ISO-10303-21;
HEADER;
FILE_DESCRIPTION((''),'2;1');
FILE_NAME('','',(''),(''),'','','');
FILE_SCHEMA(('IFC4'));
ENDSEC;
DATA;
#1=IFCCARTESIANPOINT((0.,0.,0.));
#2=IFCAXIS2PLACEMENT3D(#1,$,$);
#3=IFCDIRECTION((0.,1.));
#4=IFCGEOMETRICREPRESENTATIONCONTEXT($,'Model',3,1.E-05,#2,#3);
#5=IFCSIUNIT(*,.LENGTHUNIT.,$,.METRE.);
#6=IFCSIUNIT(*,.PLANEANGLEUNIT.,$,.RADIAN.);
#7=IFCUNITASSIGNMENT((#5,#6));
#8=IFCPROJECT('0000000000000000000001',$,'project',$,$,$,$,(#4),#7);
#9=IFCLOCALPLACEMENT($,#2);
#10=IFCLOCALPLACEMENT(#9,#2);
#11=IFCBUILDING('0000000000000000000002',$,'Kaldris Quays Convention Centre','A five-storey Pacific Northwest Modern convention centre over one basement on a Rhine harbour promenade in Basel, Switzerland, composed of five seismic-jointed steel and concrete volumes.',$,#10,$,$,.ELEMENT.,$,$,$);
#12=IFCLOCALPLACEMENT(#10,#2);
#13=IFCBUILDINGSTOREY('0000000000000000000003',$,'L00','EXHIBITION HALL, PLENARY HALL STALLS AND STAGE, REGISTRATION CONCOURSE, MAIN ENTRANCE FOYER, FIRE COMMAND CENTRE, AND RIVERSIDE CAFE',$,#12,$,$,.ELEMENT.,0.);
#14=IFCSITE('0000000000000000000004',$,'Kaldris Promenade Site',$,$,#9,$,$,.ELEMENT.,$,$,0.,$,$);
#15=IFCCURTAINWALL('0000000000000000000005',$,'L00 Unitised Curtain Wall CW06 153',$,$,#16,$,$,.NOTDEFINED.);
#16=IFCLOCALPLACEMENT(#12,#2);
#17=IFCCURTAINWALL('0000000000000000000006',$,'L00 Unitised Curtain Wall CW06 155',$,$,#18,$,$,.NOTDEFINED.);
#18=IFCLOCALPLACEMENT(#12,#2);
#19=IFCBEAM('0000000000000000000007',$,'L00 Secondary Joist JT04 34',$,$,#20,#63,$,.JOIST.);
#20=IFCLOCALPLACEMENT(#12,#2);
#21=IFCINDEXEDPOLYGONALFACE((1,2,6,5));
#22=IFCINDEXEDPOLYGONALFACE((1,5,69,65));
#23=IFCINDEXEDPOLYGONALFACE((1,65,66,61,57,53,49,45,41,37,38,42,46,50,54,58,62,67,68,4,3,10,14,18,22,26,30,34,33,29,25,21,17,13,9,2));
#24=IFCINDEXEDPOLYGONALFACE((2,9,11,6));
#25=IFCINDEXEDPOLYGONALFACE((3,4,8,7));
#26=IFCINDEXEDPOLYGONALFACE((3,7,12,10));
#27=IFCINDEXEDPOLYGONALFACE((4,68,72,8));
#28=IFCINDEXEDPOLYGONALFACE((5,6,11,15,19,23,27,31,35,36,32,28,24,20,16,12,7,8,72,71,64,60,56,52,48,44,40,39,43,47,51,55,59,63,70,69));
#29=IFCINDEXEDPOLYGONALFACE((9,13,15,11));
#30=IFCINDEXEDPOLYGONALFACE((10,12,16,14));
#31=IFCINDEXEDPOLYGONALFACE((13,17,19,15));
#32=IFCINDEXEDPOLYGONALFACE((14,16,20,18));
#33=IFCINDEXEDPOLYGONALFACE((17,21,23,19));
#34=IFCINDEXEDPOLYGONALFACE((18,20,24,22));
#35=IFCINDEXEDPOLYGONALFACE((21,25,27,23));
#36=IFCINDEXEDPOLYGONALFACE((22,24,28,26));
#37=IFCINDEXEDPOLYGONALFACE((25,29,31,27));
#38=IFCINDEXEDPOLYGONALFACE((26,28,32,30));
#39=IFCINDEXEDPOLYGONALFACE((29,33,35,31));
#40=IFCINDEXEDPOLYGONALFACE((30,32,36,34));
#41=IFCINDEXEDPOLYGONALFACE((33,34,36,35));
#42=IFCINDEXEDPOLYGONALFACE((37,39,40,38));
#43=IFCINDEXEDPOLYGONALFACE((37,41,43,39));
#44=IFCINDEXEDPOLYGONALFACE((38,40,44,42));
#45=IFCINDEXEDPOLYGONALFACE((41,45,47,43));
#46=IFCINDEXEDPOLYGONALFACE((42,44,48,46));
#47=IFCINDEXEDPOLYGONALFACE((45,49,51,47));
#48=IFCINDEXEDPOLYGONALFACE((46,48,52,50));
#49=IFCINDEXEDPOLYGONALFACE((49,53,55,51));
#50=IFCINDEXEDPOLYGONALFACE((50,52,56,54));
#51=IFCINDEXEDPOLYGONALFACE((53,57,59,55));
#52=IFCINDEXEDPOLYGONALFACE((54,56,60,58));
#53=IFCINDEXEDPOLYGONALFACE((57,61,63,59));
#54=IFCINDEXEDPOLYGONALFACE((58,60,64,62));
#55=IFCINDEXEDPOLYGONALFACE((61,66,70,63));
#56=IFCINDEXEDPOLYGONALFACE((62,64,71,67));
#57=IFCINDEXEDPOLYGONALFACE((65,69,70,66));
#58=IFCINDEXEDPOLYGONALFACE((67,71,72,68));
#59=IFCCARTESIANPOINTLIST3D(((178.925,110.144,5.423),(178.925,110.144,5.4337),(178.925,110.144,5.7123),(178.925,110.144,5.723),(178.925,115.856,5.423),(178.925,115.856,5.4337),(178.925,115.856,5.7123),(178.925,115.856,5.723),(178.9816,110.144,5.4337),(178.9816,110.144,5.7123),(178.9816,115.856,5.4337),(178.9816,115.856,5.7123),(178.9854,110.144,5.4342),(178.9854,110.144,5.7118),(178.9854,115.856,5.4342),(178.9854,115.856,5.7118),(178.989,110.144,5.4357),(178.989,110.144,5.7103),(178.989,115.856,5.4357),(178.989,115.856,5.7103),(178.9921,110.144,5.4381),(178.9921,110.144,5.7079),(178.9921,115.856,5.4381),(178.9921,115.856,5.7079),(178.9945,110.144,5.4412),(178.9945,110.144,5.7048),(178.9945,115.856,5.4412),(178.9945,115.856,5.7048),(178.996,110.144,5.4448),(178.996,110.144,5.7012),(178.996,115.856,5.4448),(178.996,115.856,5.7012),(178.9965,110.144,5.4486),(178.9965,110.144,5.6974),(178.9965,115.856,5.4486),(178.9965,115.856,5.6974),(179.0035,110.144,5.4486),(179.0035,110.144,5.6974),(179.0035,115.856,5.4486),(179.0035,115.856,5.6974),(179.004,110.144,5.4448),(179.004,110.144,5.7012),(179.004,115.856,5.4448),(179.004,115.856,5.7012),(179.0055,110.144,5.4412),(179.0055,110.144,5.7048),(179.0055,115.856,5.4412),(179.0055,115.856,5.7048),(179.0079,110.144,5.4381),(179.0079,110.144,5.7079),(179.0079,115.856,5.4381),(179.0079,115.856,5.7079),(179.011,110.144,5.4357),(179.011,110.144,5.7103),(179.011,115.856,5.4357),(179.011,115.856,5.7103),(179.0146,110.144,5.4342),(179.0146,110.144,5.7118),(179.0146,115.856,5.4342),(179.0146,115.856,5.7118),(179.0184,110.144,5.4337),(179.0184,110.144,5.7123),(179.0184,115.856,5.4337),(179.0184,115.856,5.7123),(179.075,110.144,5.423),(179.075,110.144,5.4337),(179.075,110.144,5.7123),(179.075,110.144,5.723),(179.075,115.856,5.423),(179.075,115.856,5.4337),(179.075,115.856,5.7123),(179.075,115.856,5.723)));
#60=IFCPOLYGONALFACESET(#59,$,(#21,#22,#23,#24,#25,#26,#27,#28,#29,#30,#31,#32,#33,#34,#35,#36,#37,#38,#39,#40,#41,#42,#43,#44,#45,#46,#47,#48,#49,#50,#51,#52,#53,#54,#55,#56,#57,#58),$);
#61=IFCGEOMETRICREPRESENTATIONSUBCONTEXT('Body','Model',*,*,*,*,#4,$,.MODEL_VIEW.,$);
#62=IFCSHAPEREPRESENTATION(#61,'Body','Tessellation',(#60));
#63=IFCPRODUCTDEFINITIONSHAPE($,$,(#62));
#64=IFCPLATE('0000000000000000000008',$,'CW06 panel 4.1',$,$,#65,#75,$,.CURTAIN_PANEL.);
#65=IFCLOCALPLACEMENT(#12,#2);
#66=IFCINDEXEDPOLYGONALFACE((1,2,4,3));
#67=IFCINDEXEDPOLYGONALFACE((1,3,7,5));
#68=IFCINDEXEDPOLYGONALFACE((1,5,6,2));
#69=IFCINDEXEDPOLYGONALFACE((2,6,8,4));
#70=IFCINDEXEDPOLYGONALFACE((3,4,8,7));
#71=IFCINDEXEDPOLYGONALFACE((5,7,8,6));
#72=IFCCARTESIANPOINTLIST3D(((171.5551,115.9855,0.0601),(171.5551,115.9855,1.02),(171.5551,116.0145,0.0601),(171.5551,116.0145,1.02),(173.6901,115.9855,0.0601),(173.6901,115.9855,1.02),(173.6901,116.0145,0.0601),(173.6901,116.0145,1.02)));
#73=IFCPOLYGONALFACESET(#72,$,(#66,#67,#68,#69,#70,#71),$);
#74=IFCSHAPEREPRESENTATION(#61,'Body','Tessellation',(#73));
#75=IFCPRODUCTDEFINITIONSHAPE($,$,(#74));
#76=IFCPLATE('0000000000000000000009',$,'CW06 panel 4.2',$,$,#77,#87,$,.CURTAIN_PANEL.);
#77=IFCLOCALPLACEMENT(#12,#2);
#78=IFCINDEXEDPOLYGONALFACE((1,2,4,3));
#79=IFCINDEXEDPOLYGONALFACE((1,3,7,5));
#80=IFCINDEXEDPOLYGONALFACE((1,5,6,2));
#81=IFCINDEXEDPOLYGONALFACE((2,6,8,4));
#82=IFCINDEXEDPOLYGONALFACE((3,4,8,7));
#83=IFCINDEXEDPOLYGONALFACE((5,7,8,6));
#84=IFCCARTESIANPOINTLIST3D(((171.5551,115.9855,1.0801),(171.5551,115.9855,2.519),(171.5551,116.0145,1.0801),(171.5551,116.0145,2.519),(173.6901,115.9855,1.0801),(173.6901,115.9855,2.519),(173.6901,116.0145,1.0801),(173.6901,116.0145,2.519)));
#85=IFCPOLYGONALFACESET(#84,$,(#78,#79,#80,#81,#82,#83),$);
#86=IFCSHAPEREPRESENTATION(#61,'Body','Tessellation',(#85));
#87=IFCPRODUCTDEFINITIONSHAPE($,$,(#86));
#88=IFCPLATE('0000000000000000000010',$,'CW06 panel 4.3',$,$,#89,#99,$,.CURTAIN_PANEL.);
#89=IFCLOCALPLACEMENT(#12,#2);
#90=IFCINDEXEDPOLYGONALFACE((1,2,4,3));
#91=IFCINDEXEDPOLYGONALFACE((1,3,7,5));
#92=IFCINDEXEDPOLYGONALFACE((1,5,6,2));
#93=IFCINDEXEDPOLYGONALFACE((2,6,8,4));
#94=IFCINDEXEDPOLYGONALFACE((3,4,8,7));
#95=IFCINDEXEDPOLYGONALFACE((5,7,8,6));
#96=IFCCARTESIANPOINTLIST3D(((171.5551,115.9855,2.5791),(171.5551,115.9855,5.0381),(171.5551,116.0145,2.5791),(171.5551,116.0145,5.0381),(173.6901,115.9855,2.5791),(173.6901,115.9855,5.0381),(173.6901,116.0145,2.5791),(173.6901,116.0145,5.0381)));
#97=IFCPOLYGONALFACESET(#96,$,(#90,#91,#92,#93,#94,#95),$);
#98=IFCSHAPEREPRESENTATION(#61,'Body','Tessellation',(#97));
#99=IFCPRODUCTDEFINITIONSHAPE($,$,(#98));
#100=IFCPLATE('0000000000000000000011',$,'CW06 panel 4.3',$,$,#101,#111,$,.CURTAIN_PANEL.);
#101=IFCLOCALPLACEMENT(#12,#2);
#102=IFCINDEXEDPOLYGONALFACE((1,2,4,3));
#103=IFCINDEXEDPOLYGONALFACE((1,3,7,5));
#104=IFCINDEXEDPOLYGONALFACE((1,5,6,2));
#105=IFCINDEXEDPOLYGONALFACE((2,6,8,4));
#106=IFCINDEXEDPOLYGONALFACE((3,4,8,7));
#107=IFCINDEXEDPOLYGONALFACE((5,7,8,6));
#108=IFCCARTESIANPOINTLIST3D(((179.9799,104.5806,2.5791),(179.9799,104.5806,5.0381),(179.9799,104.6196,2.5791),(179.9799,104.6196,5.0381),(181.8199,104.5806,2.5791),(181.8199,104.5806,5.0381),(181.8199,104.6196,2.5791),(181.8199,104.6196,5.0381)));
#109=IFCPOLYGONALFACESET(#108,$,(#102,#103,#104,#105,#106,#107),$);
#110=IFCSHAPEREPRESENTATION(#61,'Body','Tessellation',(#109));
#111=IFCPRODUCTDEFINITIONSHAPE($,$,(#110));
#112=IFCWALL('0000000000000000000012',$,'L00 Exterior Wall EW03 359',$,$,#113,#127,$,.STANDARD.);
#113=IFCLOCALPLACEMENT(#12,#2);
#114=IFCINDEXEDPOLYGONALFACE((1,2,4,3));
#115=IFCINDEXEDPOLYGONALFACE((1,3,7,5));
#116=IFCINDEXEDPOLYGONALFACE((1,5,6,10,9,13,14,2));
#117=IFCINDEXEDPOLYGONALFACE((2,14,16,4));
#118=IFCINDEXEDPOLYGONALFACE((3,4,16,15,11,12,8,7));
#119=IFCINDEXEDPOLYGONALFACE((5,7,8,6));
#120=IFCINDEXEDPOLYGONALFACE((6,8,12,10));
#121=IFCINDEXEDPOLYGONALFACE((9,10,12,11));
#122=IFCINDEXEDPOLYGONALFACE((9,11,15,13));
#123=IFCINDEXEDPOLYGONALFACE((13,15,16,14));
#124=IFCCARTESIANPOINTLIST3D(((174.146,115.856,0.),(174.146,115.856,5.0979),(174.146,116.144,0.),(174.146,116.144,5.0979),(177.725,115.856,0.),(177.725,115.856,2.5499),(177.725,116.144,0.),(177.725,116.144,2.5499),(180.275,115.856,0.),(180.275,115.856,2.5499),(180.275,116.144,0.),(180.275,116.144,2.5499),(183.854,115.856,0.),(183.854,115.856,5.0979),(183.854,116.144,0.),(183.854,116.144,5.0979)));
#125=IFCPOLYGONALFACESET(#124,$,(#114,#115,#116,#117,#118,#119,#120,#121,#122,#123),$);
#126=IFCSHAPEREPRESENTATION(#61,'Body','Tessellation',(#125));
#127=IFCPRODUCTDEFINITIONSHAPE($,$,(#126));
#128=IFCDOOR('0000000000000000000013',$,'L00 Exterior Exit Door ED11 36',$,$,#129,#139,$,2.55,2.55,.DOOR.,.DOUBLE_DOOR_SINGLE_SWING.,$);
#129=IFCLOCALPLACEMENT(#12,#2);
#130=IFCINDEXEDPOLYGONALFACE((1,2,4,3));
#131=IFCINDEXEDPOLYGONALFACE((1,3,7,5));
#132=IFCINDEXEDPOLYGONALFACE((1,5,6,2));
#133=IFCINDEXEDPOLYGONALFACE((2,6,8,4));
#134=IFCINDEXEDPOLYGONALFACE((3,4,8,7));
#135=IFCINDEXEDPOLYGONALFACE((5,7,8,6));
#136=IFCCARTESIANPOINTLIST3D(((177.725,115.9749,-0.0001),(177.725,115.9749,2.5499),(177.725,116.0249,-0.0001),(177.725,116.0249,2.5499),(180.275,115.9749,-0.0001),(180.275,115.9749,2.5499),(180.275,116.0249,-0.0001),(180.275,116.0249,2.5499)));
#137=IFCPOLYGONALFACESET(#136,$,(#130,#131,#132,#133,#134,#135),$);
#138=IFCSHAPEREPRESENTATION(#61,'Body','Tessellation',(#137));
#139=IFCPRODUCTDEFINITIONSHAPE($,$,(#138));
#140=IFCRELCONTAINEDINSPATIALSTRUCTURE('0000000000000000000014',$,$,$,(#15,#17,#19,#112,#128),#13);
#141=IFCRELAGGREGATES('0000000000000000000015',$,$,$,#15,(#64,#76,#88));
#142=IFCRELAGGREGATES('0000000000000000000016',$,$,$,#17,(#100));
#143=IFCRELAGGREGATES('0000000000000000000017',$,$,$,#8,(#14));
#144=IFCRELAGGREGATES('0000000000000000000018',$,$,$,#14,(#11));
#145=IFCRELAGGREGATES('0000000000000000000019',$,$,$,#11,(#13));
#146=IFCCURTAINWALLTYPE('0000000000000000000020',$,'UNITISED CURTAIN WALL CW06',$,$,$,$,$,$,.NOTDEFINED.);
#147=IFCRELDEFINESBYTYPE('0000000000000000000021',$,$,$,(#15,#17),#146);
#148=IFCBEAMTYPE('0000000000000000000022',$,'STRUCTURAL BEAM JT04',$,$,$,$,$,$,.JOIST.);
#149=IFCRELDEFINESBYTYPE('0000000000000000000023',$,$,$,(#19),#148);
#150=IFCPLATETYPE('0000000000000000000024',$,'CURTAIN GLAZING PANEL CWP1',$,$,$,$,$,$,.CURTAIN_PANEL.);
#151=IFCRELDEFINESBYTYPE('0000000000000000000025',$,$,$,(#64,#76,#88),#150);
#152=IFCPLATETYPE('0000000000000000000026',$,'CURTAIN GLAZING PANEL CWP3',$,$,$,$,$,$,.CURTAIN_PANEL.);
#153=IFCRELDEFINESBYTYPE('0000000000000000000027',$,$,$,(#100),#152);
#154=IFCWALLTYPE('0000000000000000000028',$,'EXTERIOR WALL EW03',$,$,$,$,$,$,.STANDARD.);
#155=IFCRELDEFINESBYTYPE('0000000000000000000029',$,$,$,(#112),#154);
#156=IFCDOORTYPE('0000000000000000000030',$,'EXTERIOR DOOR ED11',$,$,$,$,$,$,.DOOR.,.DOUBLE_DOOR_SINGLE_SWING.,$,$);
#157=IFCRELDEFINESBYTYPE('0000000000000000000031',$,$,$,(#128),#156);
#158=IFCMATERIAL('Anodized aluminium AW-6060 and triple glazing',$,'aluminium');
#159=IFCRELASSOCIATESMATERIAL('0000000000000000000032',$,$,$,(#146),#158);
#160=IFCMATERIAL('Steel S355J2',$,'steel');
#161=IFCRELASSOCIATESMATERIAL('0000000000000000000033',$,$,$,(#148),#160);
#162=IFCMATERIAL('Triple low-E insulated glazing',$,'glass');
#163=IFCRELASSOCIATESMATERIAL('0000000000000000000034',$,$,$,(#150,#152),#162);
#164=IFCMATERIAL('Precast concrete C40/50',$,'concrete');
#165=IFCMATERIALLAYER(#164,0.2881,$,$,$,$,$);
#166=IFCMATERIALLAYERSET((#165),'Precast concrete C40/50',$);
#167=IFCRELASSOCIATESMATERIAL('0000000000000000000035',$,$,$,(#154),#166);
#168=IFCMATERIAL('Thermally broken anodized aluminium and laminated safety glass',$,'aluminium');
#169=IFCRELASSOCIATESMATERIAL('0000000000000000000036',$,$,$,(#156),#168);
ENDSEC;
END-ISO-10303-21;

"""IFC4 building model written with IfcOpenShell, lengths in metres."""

from ifc_helpers import new_model, si_unit, direction, frame, frame_2d, origin, origin_2d, place, context, subcontext, project, spatial, rectangle, i_section, extrude, material, layer, layer_set, material_profile, profile_set, type_object, element, fill, aggregate, save


model = new_model("IFC4")

# Units and contexts
model_context = context("Model", 3, precision=1e-05, world=origin(), true_north=direction((0.0, 1.0)))
body_context = subcontext(model_context, "Body", "Model", "MODEL_VIEW")
ifc_project = project(units=[si_unit("LENGTHUNIT", "METRE"), si_unit("PLANEANGLEUNIT", "RADIAN")], contexts=[model_context])

# Site, building, storey
site_placement = place(None, origin())
site = spatial("IfcSite", under=ifc_project, at=site_placement, Name="Kaldris Promenade Site", CompositionType="ELEMENT", RefElevation=0.0)
building_placement = place(site_placement, origin())
building = spatial("IfcBuilding", under=site, at=building_placement, Name="Kaldris Quays Convention Centre", Description="A five-storey Pacific Northwest Modern convention centre over one basement on a Rhine harbour promenade in Basel, Switzerland, composed of five seismic-jointed steel and concrete volumes.", CompositionType="ELEMENT")
storey_placement = place(building_placement, origin())
storey = spatial("IfcBuildingStorey", under=building, at=storey_placement, Name="L00", Description="EXHIBITION HALL, PLENARY HALL STALLS AND STAGE, REGISTRATION CONCOURSE, MAIN ENTRANCE FOYER, FIRE COMMAND CENTRE, AND RIVERSIDE CAFE", CompositionType="ELEMENT", Elevation=0.0)

# Shared definitions
ifc_material_1 = material(Name="Steel S355J2", Category="steel")

# Curtain wall
ifc_material_2 = material(Name="Anodized aluminium AW-6060 and triple glazing", Category="aluminium")
curtain_wall_type = type_object("IfcCurtainWallType", Name="UNITISED CURTAIN WALL CW06", PredefinedType="NOTDEFINED", material=ifc_material_2)
curtain_wall_1_placement = place(storey_placement, origin())
curtain_wall_1 = element("IfcCurtainWall", 1, at=curtain_wall_1_placement, inside=storey, type_object=curtain_wall_type, Name="L00 Unitised Curtain Wall CW06 153", PredefinedType="NOTDEFINED")

# Curtain wall
curtain_wall_2_placement = place(storey_placement, origin())
curtain_wall_2 = element("IfcCurtainWall", 2, at=curtain_wall_2_placement, inside=storey, type_object=curtain_wall_type, Name="L00 Unitised Curtain Wall CW06 155", PredefinedType="NOTDEFINED")

# Beam
ifc_material_profile_1 = material_profile(ifc_material_1, i_section(OverallWidth=0.1499, OverallDepth=0.3, WebThickness=0.0071, FlangeThickness=0.0107, FilletRadius=0.0149, at=origin_2d()), Name="IPE 300")
ifc_profile_set_1 = profile_set([ifc_material_profile_1], Name="Steel S355J2")
beam_type_1 = type_object("IfcBeamType", Name="STRUCTURAL BEAM JT04", PredefinedType="JOIST", material=ifc_profile_set_1)
beam_1_placement = place(storey_placement, frame((179.0, 110.144, 5.573), z_axis=(0.0, 1.0, 0.0), x_axis=(-1.0, 0.0, 0.0)))
element("IfcBeam", 3, at=beam_1_placement, inside=storey, type_object=beam_type_1, Name="L00 Secondary Joist JT04 34", PredefinedType="JOIST", context=body_context, shape_type="SweptSolid", body=[
    extrude(i_section(OverallWidth=0.1499, OverallDepth=0.3, WebThickness=0.0071, FlangeThickness=0.0107, FilletRadius=0.0149, at=origin_2d()), origin(), (0.0, 0.0, 1.0), 5.7119),
])

# Plates
ifc_material_3 = material(Name="Triple low-E insulated glazing", Category="glass")
plate_type_1 = type_object("IfcPlateType", Name="CURTAIN GLAZING PANEL CWP1", PredefinedType="CURTAIN_PANEL", material=ifc_material_3)
plate_1_placement = place(storey_placement, frame((172.6226, 116.0, 0.0601), z_axis=(0.0, 0.0, 1.0), x_axis=(1.0, 0.0, 0.0)))
plate_1 = element("IfcPlate", 4, at=plate_1_placement, type_object=plate_type_1, Name="CW06 panel 4.1", PredefinedType="CURTAIN_PANEL", context=body_context, shape_type="SweptSolid", body=[
    extrude(rectangle(XDim=2.135, YDim=0.0291, at=origin_2d()), origin(), (0.0, 0.0, 1.0), 0.96),
])
plate_2_placement = place(storey_placement, frame((172.6226, 116.0, 1.0801), z_axis=(0.0, 0.0, 1.0), x_axis=(1.0, 0.0, 0.0)))
plate_2 = element("IfcPlate", 5, at=plate_2_placement, type_object=plate_type_1, Name="CW06 panel 4.2", PredefinedType="CURTAIN_PANEL", context=body_context, shape_type="SweptSolid", body=[
    extrude(rectangle(XDim=2.135, YDim=0.0291, at=origin_2d()), origin(), (0.0, 0.0, 1.0), 1.439),
])
plate_3_placement = place(storey_placement, frame((172.6226, 116.0, 2.5791), z_axis=(0.0, 0.0, 1.0), x_axis=(1.0, 0.0, 0.0)))
plate_3 = element("IfcPlate", 6, at=plate_3_placement, type_object=plate_type_1, Name="CW06 panel 4.3", PredefinedType="CURTAIN_PANEL", context=body_context, shape_type="SweptSolid", body=[
    extrude(rectangle(XDim=2.135, YDim=0.0291, at=origin_2d()), origin(), (0.0, 0.0, 1.0), 2.459),
])
aggregate(curtain_wall_1, [plate_1, plate_2, plate_3])
plate_type_2 = type_object("IfcPlateType", Name="CURTAIN GLAZING PANEL CWP3", PredefinedType="CURTAIN_PANEL", material=ifc_material_3)
plate_4_placement = place(storey_placement, frame((180.8999, 104.6001, 2.5791), z_axis=(0.0, 0.0, 1.0), x_axis=(1.0, 0.0, 0.0)))
plate_4 = element("IfcPlate", 7, at=plate_4_placement, type_object=plate_type_2, Name="CW06 panel 4.3", PredefinedType="CURTAIN_PANEL", context=body_context, shape_type="SweptSolid", body=[
    extrude(rectangle(XDim=1.8401, YDim=0.0391, at=origin_2d()), origin(), (0.0, 0.0, 1.0), 2.459),
])
aggregate(curtain_wall_2, [plate_4])

# Wall, opening, door
ifc_material_4 = material(Name="Precast concrete C40/50", Category="concrete")
ifc_layer = layer(ifc_material_4, 0.2881)
ifc_layer_set = layer_set([ifc_layer], Name="Precast concrete C40/50")
wall_type = type_object("IfcWallType", Name="EXTERIOR WALL EW03", PredefinedType="STANDARD", material=ifc_layer_set)
wall_placement = place(storey_placement, frame((174.146, 116.0, 0.0), z_axis=(0.0, 0.0, 1.0), x_axis=(1.0, 0.0, 0.0)))
wall = element("IfcWall", 8, at=wall_placement, inside=storey, type_object=wall_type, Name="L00 Exterior Wall EW03 359", PredefinedType="STANDARD", context=body_context, shape_type="SweptSolid", body=[
    extrude(rectangle(XDim=9.708, YDim=0.2881, at=frame_2d((4.854, 0.0))), origin(), (0.0, 0.0, 1.0), 5.0979),
])
opening_placement = place(wall_placement, frame((3.5791, 0.0, 0.0)))
opening = element("IfcOpeningElement", 9, at=opening_placement, cuts=wall, PredefinedType="OPENING", context=body_context, shape_type="SweptSolid", body=[
    extrude(rectangle(XDim=2.55, YDim=2.55, at=frame_2d((1.2749, 1.2749))), frame((0.0, 0.1541, 0.0), z_axis=(0.0, -1.0, 0.0), x_axis=(1.0, 0.0, 0.0)), (0.0, 0.0, 1.0), 0.3081),
])
ifc_material_5 = material(Name="Thermally broken anodized aluminium and laminated safety glass", Category="aluminium")
door_type = type_object("IfcDoorType", Name="EXTERIOR DOOR ED11", OperationType="DOUBLE_DOOR_SINGLE_SWING", PredefinedType="DOOR", material=ifc_material_5)
door_placement = place(opening_placement, origin())
door = element("IfcDoor", 10, at=door_placement, inside=storey, type_object=door_type, Name="L00 Exterior Exit Door ED11 36", OperationType="DOUBLE_DOOR_SINGLE_SWING", OverallHeight=2.55, OverallWidth=2.55, PredefinedType="DOOR", context=body_context, shape_type="SweptSolid", body=[
    extrude(rectangle(XDim=2.55, YDim=2.55, at=frame_2d((1.2749, 1.2749))), frame((0.0, 0.0249, 0.0), z_axis=(0.0, -1.0, 0.0), x_axis=(1.0, 0.0, 0.0)), (0.0, 0.0, 1.0), 0.05),
])
fill(opening, door)

save(model, "model.ifc")
